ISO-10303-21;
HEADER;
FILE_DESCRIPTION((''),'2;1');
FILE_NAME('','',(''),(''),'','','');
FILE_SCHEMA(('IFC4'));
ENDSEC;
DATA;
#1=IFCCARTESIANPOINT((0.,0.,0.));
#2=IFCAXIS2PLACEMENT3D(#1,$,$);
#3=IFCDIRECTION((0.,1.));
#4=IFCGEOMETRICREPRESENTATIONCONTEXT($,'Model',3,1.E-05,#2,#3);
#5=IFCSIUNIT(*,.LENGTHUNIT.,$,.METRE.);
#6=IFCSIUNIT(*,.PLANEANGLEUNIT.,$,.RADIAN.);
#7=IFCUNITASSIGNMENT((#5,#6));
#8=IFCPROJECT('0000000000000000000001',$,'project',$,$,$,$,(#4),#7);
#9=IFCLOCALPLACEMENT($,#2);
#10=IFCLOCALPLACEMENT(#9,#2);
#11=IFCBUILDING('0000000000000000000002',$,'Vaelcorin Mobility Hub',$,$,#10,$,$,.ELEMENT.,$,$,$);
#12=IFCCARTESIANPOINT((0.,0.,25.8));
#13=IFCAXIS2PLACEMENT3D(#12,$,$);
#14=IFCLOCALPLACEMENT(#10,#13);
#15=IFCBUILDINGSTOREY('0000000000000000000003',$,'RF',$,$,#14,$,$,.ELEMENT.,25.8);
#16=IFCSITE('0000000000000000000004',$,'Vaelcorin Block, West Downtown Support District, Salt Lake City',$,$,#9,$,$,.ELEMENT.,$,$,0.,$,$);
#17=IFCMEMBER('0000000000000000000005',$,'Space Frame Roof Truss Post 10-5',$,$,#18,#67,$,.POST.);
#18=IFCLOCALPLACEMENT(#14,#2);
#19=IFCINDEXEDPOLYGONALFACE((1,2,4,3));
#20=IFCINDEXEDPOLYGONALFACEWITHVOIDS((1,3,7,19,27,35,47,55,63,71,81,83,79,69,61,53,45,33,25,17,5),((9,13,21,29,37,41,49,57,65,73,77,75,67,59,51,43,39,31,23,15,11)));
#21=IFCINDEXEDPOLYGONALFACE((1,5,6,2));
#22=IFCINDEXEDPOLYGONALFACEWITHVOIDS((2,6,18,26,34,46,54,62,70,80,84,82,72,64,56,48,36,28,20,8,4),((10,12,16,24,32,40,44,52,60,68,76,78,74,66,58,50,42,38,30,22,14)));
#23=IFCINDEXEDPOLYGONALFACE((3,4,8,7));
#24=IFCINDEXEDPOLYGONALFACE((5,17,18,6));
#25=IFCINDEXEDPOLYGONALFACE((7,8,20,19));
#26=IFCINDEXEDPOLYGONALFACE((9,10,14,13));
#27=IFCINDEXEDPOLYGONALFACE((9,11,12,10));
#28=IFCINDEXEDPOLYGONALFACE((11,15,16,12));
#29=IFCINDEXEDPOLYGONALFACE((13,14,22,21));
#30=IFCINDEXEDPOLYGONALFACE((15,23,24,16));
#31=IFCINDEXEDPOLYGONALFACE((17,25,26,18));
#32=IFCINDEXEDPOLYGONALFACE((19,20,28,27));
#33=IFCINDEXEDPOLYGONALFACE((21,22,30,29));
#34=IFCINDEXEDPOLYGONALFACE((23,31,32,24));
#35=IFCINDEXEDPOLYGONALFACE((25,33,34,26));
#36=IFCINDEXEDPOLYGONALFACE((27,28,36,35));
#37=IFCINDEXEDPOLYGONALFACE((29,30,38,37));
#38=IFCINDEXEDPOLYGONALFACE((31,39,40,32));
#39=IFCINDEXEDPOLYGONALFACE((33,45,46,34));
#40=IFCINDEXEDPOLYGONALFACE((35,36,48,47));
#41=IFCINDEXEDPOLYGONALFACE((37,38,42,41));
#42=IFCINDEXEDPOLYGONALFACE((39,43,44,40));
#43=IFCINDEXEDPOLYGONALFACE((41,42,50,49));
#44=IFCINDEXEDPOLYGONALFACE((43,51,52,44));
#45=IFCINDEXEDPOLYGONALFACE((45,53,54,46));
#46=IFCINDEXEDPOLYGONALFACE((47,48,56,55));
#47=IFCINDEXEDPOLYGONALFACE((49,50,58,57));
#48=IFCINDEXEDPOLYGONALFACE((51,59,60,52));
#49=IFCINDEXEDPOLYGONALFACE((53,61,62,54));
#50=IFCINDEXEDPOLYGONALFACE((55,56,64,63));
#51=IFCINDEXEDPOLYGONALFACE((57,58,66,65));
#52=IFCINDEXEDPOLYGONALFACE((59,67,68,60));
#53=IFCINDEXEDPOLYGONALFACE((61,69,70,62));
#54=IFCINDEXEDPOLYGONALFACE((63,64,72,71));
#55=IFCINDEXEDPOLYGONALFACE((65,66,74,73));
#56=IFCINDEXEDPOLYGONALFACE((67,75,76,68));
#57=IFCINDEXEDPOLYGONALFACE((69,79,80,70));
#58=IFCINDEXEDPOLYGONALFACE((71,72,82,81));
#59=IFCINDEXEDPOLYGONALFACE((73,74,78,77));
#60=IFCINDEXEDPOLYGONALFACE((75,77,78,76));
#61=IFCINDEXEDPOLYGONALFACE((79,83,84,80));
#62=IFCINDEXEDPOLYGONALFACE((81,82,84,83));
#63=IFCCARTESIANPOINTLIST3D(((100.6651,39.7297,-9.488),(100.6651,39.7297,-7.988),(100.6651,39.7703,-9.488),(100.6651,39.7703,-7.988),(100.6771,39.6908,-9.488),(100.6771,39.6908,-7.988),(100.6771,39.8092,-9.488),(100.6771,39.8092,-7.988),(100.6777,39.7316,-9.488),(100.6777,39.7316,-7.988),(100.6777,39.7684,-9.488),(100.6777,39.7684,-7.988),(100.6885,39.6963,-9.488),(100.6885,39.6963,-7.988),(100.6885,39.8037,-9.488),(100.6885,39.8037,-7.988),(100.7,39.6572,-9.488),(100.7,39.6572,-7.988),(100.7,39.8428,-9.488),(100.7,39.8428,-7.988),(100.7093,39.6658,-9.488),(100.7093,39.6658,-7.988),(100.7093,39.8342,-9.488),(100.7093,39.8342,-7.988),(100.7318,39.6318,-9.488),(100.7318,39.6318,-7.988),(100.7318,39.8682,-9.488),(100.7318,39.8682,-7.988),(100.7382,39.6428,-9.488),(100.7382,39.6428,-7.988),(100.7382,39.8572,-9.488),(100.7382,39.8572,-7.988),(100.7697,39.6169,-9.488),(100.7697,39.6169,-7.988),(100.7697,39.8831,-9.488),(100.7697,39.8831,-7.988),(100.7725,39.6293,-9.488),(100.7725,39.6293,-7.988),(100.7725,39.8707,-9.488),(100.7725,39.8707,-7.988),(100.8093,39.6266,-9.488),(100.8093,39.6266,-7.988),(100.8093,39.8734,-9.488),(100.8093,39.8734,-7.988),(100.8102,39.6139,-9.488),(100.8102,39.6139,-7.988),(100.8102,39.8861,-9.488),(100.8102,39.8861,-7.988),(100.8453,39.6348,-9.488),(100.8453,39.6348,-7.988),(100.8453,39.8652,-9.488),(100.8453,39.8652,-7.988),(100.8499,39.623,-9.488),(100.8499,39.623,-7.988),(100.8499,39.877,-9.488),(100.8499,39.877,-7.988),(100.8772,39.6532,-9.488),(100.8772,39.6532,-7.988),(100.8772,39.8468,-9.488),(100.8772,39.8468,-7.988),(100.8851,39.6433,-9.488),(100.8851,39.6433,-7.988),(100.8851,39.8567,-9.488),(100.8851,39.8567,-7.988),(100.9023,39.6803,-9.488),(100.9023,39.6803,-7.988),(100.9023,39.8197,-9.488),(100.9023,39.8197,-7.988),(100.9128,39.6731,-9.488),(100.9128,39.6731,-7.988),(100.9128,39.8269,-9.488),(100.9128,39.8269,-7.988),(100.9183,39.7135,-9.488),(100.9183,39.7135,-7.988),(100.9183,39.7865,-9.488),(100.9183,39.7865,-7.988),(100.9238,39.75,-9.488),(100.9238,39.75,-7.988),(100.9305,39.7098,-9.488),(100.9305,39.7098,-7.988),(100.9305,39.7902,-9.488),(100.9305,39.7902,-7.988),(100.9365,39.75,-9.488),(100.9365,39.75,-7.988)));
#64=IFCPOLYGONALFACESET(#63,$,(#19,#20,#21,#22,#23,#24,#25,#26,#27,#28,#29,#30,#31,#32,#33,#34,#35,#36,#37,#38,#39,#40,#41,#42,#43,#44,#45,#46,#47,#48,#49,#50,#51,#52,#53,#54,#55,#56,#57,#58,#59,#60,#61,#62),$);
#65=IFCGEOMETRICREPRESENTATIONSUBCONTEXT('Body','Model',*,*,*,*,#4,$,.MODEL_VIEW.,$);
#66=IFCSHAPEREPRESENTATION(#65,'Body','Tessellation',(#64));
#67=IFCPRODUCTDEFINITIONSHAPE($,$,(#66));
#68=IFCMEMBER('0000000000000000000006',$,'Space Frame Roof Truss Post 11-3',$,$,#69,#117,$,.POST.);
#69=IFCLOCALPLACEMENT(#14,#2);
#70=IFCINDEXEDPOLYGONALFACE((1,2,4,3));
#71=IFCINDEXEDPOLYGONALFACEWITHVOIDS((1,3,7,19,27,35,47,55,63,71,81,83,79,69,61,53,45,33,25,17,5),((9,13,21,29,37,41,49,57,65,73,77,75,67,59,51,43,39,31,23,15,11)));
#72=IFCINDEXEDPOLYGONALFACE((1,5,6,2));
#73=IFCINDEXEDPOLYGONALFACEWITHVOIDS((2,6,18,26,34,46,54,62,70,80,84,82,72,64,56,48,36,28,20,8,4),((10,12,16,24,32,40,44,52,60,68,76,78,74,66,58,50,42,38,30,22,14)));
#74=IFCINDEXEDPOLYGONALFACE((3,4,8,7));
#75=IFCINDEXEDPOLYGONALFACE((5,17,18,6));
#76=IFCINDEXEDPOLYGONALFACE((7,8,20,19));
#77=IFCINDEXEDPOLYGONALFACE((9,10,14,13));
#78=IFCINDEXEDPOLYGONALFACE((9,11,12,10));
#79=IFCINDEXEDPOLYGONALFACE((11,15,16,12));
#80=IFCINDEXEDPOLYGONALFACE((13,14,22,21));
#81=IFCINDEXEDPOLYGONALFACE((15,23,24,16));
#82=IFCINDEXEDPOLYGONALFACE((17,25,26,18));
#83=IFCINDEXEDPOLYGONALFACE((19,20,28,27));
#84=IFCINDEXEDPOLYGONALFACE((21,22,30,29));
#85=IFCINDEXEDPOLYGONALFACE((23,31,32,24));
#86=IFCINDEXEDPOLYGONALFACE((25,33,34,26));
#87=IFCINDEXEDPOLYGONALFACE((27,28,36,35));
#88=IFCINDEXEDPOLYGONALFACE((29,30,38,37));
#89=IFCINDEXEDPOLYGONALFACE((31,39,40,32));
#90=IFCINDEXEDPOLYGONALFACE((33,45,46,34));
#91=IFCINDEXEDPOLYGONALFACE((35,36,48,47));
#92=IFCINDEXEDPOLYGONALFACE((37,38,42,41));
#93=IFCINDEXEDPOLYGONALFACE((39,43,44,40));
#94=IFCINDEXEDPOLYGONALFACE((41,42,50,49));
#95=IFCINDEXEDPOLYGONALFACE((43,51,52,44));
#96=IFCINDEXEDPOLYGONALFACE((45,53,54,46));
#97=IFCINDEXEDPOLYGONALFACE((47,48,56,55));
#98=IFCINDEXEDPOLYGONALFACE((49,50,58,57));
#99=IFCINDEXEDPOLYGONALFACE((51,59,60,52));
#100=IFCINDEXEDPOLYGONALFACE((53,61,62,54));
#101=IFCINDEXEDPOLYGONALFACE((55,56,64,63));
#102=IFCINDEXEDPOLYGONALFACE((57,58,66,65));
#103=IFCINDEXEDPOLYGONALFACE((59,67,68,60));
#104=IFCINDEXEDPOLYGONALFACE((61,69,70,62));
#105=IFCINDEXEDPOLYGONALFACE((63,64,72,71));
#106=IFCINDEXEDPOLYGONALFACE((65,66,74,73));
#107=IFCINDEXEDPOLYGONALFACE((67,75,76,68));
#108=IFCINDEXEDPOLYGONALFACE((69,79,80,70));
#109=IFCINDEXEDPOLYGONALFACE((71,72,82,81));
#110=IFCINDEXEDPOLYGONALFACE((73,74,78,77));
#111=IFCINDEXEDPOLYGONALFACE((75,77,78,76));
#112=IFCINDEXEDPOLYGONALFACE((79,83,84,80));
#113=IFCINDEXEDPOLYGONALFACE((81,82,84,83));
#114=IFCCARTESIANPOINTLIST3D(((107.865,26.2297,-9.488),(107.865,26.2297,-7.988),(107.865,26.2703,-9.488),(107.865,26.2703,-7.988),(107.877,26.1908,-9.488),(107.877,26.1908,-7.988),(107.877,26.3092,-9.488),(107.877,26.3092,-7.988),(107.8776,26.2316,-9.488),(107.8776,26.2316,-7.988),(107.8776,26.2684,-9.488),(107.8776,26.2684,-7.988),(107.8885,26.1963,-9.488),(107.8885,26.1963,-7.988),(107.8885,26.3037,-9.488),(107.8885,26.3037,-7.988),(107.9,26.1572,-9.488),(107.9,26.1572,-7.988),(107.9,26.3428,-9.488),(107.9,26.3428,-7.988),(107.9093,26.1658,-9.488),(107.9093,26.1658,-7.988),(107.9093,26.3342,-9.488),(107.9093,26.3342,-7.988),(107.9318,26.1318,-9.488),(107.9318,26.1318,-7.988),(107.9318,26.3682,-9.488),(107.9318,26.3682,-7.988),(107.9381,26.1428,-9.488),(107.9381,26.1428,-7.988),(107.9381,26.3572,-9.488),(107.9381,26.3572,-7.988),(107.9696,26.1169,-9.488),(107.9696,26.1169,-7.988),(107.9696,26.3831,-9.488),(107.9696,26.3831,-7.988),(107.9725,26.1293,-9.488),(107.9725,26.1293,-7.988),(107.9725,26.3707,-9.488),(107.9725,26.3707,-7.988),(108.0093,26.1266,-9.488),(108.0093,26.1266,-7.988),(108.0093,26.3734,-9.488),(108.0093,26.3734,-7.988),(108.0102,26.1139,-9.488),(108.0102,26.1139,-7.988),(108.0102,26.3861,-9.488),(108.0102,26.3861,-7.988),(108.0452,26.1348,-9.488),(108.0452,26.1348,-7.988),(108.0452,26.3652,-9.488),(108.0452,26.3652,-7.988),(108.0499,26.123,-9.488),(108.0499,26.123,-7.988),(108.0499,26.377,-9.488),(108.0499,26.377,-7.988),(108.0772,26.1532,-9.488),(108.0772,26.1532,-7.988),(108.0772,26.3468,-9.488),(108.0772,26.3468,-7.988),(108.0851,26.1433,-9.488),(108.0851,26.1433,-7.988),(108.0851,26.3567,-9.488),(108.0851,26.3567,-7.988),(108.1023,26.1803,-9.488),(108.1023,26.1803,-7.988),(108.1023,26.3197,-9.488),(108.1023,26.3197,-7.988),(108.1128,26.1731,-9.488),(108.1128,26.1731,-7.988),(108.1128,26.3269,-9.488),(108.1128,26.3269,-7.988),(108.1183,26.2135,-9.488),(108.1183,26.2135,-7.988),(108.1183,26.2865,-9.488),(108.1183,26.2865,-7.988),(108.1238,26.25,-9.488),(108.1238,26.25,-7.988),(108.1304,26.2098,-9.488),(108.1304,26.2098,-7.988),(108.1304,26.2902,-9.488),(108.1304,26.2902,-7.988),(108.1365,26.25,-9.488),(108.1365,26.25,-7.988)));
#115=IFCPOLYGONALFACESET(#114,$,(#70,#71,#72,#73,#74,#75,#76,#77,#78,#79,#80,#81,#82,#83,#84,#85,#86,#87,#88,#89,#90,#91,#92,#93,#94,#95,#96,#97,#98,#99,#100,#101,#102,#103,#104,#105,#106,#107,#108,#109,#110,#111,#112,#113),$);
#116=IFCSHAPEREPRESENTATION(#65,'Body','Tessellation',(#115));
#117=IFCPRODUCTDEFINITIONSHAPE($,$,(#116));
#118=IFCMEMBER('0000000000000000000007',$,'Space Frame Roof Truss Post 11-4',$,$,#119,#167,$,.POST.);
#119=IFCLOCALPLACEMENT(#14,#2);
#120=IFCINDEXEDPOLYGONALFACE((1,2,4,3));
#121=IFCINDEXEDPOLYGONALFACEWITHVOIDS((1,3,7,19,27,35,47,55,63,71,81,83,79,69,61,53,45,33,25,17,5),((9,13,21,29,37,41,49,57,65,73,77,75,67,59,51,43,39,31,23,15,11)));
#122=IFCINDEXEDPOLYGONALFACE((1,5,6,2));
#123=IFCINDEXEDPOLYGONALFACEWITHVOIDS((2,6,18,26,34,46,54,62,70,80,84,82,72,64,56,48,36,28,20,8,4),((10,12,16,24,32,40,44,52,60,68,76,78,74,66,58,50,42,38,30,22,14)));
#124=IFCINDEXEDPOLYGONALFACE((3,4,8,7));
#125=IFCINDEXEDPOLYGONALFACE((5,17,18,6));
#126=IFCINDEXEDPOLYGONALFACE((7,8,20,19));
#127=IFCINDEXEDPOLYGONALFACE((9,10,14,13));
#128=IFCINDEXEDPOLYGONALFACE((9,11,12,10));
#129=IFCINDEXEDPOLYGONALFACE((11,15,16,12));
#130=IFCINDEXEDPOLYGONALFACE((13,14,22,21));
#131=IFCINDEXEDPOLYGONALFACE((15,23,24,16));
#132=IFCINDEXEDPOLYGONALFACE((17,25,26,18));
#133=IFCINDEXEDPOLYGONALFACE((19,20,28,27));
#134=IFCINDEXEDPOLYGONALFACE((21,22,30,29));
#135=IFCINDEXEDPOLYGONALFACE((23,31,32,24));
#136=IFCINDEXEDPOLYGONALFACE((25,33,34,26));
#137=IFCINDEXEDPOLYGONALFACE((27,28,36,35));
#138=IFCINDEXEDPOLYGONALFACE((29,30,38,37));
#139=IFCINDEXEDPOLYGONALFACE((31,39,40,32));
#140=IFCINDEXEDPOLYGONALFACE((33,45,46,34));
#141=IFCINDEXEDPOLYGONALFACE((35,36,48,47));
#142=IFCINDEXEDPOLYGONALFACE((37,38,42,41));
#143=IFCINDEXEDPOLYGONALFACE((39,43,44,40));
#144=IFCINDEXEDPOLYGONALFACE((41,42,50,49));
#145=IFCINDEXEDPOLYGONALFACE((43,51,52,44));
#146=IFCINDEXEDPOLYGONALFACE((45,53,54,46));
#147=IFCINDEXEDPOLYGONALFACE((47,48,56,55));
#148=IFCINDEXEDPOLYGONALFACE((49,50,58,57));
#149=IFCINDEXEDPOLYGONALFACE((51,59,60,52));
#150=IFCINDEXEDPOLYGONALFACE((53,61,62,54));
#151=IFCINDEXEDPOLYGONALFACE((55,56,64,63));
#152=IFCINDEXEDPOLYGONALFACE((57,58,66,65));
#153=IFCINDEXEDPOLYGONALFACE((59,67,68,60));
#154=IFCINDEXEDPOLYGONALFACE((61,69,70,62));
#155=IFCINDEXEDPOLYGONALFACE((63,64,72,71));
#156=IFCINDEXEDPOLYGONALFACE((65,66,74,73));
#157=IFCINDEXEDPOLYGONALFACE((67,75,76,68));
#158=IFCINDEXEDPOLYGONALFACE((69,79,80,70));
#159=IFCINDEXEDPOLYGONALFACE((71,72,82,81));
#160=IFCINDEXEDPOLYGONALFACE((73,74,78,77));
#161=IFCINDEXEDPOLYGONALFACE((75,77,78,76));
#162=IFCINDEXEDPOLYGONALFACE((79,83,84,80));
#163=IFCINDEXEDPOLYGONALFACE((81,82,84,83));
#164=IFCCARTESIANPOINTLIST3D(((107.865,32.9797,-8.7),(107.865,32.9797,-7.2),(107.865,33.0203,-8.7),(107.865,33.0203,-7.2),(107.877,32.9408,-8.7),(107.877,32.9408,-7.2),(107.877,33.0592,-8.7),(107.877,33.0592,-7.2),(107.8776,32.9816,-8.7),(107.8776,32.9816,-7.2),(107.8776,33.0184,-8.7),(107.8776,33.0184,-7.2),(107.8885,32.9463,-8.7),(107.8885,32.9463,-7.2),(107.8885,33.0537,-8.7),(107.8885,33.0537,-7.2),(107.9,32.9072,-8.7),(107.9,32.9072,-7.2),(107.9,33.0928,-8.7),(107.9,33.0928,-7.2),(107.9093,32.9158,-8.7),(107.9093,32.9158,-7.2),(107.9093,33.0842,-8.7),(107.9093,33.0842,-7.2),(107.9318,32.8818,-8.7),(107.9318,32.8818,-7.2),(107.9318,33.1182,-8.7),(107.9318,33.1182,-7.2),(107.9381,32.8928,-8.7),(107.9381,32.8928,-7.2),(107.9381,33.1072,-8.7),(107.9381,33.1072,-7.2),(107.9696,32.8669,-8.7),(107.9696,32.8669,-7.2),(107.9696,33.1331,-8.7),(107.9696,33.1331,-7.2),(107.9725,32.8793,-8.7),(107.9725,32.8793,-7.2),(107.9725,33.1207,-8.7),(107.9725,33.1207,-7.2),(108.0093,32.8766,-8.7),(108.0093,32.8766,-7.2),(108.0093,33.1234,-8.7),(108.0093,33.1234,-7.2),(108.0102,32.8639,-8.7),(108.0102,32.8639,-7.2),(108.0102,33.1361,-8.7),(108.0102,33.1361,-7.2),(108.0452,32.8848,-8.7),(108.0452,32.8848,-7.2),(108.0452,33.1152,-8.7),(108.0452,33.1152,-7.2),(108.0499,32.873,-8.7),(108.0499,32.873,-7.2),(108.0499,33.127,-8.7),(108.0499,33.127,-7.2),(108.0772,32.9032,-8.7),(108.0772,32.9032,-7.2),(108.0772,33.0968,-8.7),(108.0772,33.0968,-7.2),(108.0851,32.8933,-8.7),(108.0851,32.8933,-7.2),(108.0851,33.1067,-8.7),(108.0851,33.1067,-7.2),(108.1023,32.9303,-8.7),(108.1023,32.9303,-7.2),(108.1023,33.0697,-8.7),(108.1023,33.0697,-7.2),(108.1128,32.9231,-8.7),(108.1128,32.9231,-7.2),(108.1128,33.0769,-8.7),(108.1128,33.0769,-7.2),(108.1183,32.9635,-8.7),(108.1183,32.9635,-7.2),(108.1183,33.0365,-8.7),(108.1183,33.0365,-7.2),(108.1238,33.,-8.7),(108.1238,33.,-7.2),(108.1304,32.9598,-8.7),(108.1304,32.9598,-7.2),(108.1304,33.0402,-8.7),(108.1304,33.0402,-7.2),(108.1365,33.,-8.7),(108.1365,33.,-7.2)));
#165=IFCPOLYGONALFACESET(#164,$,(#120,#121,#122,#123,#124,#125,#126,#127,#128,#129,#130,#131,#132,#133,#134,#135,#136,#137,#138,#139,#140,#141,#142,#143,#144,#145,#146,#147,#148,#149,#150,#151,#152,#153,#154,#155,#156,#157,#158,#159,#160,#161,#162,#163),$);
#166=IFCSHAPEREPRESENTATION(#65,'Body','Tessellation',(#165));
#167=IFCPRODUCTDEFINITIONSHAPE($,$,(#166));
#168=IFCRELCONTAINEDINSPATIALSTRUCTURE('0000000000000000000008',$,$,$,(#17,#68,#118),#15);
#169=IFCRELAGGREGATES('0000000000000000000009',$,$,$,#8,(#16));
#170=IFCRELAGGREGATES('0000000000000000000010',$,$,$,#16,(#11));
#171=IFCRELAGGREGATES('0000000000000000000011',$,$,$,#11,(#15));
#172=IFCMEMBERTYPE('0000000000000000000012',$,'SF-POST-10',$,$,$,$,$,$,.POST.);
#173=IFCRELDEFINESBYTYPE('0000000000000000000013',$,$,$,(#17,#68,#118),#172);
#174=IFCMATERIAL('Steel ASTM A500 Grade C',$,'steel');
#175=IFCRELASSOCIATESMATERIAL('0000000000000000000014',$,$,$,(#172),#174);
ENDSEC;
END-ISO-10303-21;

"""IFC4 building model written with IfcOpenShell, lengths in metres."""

from ifc_helpers import new_model, si_unit, direction, frame, origin, origin_2d, place, context, subcontext, project, spatial, hollow_circle, extrude, material, material_profile, profile_set, type_object, element, save


model = new_model("IFC4")

# Units and contexts
model_context = context("Model", 3, precision=1e-05, world=origin(), true_north=direction((0.0, 1.0)))
body_context = subcontext(model_context, "Body", "Model", "MODEL_VIEW")
ifc_project = project(units=[si_unit("LENGTHUNIT", "METRE"), si_unit("PLANEANGLEUNIT", "RADIAN")], contexts=[model_context])

# Site, building, storey
site_placement = place(None, origin())
site = spatial("IfcSite", under=ifc_project, at=site_placement, Name="Vaelcorin Block, West Downtown Support District, Salt Lake City", CompositionType="ELEMENT", RefElevation=0.0)
building_placement = place(site_placement, origin())
building = spatial("IfcBuilding", under=site, at=building_placement, Name="Vaelcorin Mobility Hub", CompositionType="ELEMENT")
storey_placement = place(building_placement, frame((0.0, 0.0, 25.8)))
storey = spatial("IfcBuildingStorey", under=building, at=storey_placement, Name="RF", CompositionType="ELEMENT", Elevation=25.8)

# Members
ifc_material_1 = material(Name="Steel ASTM A500 Grade C", Category="steel")
ifc_material_profile_1 = material_profile(ifc_material_1, hollow_circle(Radius=0.1365, WallThickness=0.0127, at=origin_2d()), Name="HSS10.750X0.500")
ifc_profile_set_1 = profile_set([ifc_material_profile_1], Name="Steel ASTM A500 Grade C")
member_type_1 = type_object("IfcMemberType", Name="SF-POST-10", PredefinedType="POST", material=ifc_profile_set_1)
for number, where, z_axis, x_axis, name in (
    (1, (100.8, 39.75, -9.488), (0.0, 0.0, 1.0), (1.0, 0.0, 0.0), "Space Frame Roof Truss Post 10-5"),
    (2, (108.0, 26.25, -9.488), (0.0, 0.0, 1.0), (1.0, 0.0, 0.0), "Space Frame Roof Truss Post 11-3"),
    (3, (108.0, 33.0, -8.7), (0.0, 0.0, 1.0), (1.0, 0.0, 0.0), "Space Frame Roof Truss Post 11-4"),
):
    element("IfcMember", number, at=place(storey_placement, frame(where, z_axis=z_axis, x_axis=x_axis)), inside=storey, type_object=member_type_1, Name=name, PredefinedType="POST", context=body_context, shape_type="SweptSolid", body=[
        extrude(hollow_circle(Radius=0.1365, WallThickness=0.0127, at=origin_2d()), origin(), (0.0, 0.0, 1.0), 1.5),
    ])

save(model, "model.ifc")
